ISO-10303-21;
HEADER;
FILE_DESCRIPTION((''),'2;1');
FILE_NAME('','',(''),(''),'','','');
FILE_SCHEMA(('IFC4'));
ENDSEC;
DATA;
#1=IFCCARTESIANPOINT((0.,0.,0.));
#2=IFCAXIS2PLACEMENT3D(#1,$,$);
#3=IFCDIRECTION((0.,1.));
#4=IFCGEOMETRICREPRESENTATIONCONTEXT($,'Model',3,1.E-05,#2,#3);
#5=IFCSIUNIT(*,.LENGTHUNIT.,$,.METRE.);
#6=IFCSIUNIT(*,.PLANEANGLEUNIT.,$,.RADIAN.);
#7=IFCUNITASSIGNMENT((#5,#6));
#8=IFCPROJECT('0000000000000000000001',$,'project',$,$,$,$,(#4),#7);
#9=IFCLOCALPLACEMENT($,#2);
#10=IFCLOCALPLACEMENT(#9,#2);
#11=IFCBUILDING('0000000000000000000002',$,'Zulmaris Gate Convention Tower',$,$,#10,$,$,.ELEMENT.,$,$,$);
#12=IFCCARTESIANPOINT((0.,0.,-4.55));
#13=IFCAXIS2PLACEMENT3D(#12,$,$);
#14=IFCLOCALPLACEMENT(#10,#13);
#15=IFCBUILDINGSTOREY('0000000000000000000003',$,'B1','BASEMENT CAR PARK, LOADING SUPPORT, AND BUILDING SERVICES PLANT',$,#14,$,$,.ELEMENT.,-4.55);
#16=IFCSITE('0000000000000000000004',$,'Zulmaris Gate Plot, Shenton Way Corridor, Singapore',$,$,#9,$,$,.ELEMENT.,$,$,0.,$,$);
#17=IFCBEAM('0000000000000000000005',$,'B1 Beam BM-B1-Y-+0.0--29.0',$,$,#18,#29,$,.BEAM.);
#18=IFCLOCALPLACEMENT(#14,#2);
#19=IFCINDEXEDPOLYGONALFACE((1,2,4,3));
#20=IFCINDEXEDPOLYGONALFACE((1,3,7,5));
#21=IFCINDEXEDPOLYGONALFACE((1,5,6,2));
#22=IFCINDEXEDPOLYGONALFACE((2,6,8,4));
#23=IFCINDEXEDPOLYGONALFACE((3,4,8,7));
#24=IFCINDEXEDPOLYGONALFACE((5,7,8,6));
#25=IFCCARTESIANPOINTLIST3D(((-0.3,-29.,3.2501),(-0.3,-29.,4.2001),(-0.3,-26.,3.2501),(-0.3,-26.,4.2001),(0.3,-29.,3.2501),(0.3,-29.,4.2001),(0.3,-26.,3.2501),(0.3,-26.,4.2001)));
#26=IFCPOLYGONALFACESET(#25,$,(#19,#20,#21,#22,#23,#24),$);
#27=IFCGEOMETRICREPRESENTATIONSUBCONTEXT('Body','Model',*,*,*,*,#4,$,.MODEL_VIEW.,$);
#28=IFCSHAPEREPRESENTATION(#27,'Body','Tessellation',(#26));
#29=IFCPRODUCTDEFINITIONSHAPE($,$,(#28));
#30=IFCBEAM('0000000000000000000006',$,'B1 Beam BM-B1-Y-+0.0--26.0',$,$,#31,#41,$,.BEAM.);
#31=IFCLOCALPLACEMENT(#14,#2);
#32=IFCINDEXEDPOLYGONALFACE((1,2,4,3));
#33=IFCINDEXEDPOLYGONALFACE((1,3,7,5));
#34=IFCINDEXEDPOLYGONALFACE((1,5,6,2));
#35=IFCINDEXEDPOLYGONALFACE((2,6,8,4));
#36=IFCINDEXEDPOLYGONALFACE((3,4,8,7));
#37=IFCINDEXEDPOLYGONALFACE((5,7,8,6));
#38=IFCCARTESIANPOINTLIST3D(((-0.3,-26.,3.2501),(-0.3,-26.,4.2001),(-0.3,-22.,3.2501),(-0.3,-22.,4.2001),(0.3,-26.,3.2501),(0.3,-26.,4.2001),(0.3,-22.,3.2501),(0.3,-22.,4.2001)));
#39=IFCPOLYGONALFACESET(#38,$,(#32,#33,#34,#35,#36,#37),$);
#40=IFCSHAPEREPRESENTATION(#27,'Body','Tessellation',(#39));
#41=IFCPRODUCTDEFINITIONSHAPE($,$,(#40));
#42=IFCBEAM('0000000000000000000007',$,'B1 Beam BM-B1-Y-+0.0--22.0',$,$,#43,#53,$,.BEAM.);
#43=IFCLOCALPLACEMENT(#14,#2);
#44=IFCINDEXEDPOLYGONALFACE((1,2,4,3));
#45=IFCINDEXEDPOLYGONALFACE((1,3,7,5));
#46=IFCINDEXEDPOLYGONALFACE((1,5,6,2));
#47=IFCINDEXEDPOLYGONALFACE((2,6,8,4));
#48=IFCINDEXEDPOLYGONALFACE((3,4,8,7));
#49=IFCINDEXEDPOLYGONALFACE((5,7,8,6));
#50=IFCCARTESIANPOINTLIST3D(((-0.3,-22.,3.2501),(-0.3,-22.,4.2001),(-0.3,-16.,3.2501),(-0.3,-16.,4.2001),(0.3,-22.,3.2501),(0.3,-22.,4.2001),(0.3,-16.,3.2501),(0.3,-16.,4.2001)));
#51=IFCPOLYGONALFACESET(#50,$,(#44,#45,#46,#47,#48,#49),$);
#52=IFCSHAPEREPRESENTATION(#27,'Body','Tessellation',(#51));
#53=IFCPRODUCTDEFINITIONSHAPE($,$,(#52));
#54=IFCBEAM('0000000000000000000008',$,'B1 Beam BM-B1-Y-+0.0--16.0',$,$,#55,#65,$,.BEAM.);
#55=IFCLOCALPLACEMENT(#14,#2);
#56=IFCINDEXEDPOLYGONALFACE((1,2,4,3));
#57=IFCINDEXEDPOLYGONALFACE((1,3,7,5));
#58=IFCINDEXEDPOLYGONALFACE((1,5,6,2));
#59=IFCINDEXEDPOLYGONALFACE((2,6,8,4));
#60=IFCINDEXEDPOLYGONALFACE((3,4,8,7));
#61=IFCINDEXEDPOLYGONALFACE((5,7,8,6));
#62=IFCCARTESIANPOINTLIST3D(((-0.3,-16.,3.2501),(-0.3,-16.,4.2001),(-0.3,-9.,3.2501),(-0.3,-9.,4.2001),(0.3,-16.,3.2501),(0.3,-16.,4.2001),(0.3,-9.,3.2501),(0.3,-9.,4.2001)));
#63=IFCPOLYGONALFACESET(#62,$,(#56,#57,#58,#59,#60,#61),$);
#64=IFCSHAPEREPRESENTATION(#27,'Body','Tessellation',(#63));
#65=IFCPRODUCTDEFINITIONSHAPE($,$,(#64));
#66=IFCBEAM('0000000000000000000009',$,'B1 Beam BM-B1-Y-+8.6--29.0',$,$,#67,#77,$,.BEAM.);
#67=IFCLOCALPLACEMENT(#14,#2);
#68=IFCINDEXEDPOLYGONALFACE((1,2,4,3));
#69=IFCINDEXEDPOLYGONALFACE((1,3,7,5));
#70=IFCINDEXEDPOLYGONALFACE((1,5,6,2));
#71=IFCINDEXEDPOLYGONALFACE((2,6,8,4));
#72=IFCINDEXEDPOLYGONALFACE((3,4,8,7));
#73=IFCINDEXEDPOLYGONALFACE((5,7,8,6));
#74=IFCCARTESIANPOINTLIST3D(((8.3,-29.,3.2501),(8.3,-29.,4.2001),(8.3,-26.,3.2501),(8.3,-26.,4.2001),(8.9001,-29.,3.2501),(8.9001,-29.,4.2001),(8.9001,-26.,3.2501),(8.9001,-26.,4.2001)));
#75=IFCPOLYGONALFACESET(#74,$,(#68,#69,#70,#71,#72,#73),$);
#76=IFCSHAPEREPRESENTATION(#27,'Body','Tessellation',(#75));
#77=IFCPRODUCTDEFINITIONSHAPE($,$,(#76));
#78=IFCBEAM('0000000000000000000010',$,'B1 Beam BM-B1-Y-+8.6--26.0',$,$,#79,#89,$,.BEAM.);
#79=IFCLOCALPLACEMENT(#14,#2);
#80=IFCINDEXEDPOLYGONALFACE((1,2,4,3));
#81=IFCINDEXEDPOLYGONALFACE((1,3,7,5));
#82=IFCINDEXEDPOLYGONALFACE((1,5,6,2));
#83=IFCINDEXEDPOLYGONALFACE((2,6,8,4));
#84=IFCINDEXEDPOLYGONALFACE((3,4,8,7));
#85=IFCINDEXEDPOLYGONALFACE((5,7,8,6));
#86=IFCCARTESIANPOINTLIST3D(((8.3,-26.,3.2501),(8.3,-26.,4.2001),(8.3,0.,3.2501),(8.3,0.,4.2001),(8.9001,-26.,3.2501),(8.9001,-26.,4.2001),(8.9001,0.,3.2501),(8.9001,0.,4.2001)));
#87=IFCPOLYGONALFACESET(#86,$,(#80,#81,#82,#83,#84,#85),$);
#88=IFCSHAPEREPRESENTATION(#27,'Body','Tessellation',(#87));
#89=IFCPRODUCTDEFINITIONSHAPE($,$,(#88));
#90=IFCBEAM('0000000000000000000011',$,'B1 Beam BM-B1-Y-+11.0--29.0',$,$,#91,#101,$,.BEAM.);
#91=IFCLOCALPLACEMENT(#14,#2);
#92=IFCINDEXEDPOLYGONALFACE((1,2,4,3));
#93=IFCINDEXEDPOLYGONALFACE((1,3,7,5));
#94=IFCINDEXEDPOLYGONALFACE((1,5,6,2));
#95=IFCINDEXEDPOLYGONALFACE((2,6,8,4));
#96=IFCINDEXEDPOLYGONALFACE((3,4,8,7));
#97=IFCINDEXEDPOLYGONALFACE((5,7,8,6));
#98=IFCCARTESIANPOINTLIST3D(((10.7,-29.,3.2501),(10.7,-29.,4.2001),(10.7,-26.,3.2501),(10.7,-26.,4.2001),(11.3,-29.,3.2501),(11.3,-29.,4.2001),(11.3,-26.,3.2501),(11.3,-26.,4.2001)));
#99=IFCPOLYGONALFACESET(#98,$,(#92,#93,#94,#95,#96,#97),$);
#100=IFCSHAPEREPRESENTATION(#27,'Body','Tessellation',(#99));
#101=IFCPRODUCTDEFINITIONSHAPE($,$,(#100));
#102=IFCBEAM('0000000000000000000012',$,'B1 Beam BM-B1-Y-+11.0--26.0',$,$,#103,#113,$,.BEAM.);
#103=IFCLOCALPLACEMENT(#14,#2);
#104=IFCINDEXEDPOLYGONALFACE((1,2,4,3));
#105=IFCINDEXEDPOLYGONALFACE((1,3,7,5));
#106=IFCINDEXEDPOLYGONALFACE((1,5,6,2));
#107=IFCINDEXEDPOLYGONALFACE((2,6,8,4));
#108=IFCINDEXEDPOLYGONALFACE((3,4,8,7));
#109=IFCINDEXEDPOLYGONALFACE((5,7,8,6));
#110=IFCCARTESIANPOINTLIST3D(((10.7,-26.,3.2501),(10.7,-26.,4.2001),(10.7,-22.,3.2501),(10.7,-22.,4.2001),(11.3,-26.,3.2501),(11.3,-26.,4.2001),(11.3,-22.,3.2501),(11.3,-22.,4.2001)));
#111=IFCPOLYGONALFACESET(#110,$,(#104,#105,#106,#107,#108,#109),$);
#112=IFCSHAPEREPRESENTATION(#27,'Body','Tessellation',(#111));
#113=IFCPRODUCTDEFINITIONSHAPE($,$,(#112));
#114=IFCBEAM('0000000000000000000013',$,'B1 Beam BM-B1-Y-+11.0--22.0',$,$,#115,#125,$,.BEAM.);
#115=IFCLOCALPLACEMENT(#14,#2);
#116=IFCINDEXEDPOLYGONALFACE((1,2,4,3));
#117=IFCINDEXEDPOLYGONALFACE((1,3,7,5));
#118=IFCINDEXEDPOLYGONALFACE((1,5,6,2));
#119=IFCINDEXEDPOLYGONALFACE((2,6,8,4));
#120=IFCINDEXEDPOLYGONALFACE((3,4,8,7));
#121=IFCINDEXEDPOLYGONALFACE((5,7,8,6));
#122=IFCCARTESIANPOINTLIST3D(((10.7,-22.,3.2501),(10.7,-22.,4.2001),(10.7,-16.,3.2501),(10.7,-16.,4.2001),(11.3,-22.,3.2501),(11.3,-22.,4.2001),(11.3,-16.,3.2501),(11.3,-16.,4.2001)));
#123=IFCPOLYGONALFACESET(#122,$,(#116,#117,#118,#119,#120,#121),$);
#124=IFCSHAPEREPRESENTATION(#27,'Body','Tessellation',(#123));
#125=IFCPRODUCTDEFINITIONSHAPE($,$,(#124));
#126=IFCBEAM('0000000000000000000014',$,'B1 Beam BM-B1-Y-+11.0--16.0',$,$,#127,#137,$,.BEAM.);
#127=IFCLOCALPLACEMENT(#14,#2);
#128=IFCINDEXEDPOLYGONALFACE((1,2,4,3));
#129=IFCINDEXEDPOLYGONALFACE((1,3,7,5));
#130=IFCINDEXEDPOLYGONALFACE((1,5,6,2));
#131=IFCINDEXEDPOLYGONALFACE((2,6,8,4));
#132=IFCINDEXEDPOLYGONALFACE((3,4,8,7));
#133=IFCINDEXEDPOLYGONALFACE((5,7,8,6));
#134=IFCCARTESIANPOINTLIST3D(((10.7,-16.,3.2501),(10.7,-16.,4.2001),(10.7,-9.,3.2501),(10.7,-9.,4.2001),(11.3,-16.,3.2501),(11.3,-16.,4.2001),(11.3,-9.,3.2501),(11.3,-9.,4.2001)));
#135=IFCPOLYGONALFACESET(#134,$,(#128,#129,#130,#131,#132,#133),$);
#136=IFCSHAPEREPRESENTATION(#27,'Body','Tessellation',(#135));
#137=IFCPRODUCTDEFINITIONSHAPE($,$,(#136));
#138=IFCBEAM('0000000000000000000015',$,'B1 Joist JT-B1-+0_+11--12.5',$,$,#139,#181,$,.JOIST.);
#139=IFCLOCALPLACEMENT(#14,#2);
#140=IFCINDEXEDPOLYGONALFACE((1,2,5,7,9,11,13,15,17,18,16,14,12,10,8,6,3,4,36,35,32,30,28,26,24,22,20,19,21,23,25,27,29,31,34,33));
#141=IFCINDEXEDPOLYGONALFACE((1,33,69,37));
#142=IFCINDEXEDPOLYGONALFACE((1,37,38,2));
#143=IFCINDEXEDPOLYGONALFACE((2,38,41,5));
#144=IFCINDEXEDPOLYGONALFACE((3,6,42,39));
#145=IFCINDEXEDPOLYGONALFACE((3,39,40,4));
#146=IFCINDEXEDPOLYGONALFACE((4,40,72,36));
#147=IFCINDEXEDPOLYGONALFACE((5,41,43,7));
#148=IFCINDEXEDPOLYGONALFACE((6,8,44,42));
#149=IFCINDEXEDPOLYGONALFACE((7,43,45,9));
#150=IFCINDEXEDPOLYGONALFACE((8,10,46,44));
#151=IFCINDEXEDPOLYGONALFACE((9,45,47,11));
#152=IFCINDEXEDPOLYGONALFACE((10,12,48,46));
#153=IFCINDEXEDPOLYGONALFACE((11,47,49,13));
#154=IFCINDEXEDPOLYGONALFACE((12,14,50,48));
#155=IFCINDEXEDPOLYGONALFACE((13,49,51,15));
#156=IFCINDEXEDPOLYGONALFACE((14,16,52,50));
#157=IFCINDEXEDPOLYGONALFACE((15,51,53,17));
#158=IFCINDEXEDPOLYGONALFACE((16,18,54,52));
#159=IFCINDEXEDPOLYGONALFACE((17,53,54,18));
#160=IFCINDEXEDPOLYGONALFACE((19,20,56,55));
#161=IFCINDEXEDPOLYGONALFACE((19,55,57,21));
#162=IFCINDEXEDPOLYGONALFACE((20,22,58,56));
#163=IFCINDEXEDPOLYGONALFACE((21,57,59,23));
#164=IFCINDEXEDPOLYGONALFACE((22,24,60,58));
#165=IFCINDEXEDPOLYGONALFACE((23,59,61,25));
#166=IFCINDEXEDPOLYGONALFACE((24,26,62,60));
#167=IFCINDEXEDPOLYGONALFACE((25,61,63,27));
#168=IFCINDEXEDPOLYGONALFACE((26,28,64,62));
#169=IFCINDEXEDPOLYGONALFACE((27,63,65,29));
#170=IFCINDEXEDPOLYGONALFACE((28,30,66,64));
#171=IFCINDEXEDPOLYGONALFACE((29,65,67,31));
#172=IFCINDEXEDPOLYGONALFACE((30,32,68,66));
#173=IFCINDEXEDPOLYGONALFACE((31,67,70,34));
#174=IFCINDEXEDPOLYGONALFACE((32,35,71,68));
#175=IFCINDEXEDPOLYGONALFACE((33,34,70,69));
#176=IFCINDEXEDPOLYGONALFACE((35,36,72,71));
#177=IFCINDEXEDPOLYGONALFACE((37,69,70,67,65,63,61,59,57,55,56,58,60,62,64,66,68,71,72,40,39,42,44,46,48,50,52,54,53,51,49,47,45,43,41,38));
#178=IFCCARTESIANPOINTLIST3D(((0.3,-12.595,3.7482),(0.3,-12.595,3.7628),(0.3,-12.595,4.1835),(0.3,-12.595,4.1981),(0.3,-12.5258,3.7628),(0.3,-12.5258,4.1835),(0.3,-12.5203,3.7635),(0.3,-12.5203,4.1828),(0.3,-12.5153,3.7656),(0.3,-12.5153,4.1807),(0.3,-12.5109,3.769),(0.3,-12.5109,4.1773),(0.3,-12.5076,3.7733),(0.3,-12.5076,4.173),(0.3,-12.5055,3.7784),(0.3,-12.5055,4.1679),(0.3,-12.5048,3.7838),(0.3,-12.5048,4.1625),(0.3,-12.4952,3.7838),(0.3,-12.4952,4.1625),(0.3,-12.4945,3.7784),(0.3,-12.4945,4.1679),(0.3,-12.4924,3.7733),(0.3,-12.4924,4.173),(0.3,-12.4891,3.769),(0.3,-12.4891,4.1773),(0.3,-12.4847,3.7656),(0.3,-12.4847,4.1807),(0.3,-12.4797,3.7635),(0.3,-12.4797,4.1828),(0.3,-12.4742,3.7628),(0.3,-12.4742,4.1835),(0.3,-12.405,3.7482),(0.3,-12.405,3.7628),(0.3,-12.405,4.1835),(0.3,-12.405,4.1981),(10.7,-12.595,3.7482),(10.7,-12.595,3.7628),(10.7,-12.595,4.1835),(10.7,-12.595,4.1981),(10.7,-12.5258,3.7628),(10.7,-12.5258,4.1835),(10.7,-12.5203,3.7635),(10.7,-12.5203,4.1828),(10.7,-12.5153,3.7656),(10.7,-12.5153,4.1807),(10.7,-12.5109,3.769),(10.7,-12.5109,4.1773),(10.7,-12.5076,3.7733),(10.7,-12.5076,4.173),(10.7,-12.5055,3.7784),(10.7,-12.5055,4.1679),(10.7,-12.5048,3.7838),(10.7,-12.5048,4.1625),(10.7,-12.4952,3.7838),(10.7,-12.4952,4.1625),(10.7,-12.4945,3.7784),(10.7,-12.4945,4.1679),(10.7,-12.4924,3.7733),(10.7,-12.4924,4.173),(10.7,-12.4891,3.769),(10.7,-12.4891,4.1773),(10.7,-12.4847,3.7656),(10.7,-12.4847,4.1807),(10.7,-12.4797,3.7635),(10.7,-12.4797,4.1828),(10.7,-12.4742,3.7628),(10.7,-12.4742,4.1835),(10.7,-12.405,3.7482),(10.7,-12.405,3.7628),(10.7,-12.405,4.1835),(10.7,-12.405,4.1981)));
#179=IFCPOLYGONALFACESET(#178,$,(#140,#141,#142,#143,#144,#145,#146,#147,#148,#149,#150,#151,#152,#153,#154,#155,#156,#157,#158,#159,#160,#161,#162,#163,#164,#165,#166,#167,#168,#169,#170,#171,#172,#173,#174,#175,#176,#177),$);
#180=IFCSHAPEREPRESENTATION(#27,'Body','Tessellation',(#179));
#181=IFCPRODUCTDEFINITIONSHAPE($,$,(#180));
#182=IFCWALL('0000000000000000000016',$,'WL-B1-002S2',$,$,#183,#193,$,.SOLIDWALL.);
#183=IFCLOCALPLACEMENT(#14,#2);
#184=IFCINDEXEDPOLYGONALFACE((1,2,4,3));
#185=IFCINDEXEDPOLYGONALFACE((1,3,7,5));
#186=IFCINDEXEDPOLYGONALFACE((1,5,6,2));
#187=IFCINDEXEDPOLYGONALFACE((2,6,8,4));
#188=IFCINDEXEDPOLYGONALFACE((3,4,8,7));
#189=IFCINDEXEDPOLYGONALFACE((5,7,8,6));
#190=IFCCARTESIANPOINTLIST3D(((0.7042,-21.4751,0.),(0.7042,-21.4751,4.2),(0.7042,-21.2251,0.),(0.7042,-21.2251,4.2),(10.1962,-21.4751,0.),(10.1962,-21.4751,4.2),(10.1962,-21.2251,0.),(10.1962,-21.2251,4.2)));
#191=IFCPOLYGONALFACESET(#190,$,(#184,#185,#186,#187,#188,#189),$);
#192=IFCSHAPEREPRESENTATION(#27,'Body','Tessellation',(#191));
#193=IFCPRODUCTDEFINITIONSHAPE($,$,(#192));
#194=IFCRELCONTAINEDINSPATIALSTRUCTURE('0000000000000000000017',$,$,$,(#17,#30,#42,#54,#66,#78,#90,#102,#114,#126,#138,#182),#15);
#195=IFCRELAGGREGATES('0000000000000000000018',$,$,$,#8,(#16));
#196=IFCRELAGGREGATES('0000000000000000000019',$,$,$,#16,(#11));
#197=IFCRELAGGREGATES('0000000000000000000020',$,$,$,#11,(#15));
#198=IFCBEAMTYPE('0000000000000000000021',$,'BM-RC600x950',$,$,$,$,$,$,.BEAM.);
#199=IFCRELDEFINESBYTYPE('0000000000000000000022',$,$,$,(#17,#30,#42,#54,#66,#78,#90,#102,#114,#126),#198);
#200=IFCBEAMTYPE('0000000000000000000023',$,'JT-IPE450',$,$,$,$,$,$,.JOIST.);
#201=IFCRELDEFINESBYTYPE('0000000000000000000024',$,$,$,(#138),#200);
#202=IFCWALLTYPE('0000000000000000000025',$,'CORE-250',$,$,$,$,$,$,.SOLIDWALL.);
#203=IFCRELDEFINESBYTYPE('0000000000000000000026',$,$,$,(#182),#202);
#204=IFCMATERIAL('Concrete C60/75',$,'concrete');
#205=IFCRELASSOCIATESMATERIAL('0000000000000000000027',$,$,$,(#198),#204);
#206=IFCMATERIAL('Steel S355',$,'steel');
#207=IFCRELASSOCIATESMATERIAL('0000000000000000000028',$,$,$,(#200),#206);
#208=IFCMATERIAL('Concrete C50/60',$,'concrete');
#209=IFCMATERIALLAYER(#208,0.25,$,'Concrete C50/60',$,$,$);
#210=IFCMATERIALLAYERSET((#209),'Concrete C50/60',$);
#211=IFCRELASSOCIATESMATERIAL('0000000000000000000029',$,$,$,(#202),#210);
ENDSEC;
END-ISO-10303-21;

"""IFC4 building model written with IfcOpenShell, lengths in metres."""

from ifc_helpers import new_model, si_unit, direction, frame, frame_2d, origin, origin_2d, place, context, subcontext, project, spatial, rectangle, i_section, extrude, material, layer, layer_set, material_profile, profile_set, type_object, element, save


model = new_model("IFC4")

# Units and contexts
model_context = context("Model", 3, precision=1e-05, world=origin(), true_north=direction((0.0, 1.0)))
body_context = subcontext(model_context, "Body", "Model", "MODEL_VIEW")
ifc_project = project(units=[si_unit("LENGTHUNIT", "METRE"), si_unit("PLANEANGLEUNIT", "RADIAN")], contexts=[model_context])

# Site, building, storey
site_placement = place(None, origin())
site = spatial("IfcSite", under=ifc_project, at=site_placement, Name="Zulmaris Gate Plot, Shenton Way Corridor, Singapore", CompositionType="ELEMENT", RefElevation=0.0)
building_placement = place(site_placement, origin())
building = spatial("IfcBuilding", under=site, at=building_placement, Name="Zulmaris Gate Convention Tower", CompositionType="ELEMENT")
storey_placement = place(building_placement, frame((0.0, 0.0, -4.55)))
storey = spatial("IfcBuildingStorey", under=building, at=storey_placement, Name="B1", Description="BASEMENT CAR PARK, LOADING SUPPORT, AND BUILDING SERVICES PLANT", CompositionType="ELEMENT", Elevation=-4.55)

# Beams
ifc_material_1 = material(Name="Concrete C60/75", Category="concrete")
ifc_material_profile_1 = material_profile(ifc_material_1, rectangle(XDim=0.6001, YDim=0.95, at=origin_2d()), Name="RC BEAM 600x950")
ifc_profile_set_1 = profile_set([ifc_material_profile_1], Name="Concrete C60/75")
beam_type_1 = type_object("IfcBeamType", Name="BM-RC600x950", PredefinedType="BEAM", material=ifc_profile_set_1)
beam_1_placement = place(storey_placement, frame((0.0, -29.0, 3.7251), z_axis=(0.0, 1.0, 0.0), x_axis=(-1.0, 0.0, 0.0)))
element("IfcBeam", 1, at=beam_1_placement, inside=storey, type_object=beam_type_1, Name="B1 Beam BM-B1-Y-+0.0--29.0", PredefinedType="BEAM", context=body_context, shape_type="SweptSolid", body=[
    extrude(rectangle(XDim=0.6001, YDim=0.95, at=origin_2d()), origin(), (0.0, 0.0, 1.0), 3.0),
])
beam_2_placement = place(storey_placement, frame((0.0, -26.0, 3.7251), z_axis=(0.0, 1.0, 0.0), x_axis=(-1.0, 0.0, 0.0)))
element("IfcBeam", 2, at=beam_2_placement, inside=storey, type_object=beam_type_1, Name="B1 Beam BM-B1-Y-+0.0--26.0", PredefinedType="BEAM", context=body_context, shape_type="SweptSolid", body=[
    extrude(rectangle(XDim=0.6001, YDim=0.95, at=origin_2d()), origin(), (0.0, 0.0, 1.0), 4.0),
])
beam_3_placement = place(storey_placement, frame((0.0, -22.0, 3.7251), z_axis=(0.0, 1.0, 0.0), x_axis=(-1.0, 0.0, 0.0)))
element("IfcBeam", 3, at=beam_3_placement, inside=storey, type_object=beam_type_1, Name="B1 Beam BM-B1-Y-+0.0--22.0", PredefinedType="BEAM", context=body_context, shape_type="SweptSolid", body=[
    extrude(rectangle(XDim=0.6001, YDim=0.95, at=origin_2d()), origin(), (0.0, 0.0, 1.0), 6.0),
])
beam_4_placement = place(storey_placement, frame((0.0, -16.0, 3.7251), z_axis=(0.0, 1.0, 0.0), x_axis=(-1.0, 0.0, 0.0)))
element("IfcBeam", 4, at=beam_4_placement, inside=storey, type_object=beam_type_1, Name="B1 Beam BM-B1-Y-+0.0--16.0", PredefinedType="BEAM", context=body_context, shape_type="SweptSolid", body=[
    extrude(rectangle(XDim=0.6001, YDim=0.95, at=origin_2d()), origin(), (0.0, 0.0, 1.0), 7.0),
])
beam_5_placement = place(storey_placement, frame((8.6001, -29.0, 3.7251), z_axis=(0.0, 1.0, 0.0), x_axis=(-1.0, 0.0, 0.0)))
element("IfcBeam", 5, at=beam_5_placement, inside=storey, type_object=beam_type_1, Name="B1 Beam BM-B1-Y-+8.6--29.0", PredefinedType="BEAM", context=body_context, shape_type="SweptSolid", body=[
    extrude(rectangle(XDim=0.6001, YDim=0.95, at=origin_2d()), origin(), (0.0, 0.0, 1.0), 3.0),
])
beam_6_placement = place(storey_placement, frame((8.6001, -26.0, 3.7251), z_axis=(0.0, 1.0, 0.0), x_axis=(-1.0, 0.0, 0.0)))
element("IfcBeam", 6, at=beam_6_placement, inside=storey, type_object=beam_type_1, Name="B1 Beam BM-B1-Y-+8.6--26.0", PredefinedType="BEAM", context=body_context, shape_type="SweptSolid", body=[
    extrude(rectangle(XDim=0.6001, YDim=0.95, at=origin_2d()), origin(), (0.0, 0.0, 1.0), 26.0),
])
beam_7_placement = place(storey_placement, frame((11.0, -29.0, 3.7251), z_axis=(0.0, 1.0, 0.0), x_axis=(-1.0, 0.0, 0.0)))
element("IfcBeam", 7, at=beam_7_placement, inside=storey, type_object=beam_type_1, Name="B1 Beam BM-B1-Y-+11.0--29.0", PredefinedType="BEAM", context=body_context, shape_type="SweptSolid", body=[
    extrude(rectangle(XDim=0.6001, YDim=0.95, at=origin_2d()), origin(), (0.0, 0.0, 1.0), 3.0),
])
beam_8_placement = place(storey_placement, frame((11.0, -26.0, 3.7251), z_axis=(0.0, 1.0, 0.0), x_axis=(-1.0, 0.0, 0.0)))
element("IfcBeam", 8, at=beam_8_placement, inside=storey, type_object=beam_type_1, Name="B1 Beam BM-B1-Y-+11.0--26.0", PredefinedType="BEAM", context=body_context, shape_type="SweptSolid", body=[
    extrude(rectangle(XDim=0.6001, YDim=0.95, at=origin_2d()), origin(), (0.0, 0.0, 1.0), 4.0),
])
beam_9_placement = place(storey_placement, frame((11.0, -22.0, 3.7251), z_axis=(0.0, 1.0, 0.0), x_axis=(-1.0, 0.0, 0.0)))
element("IfcBeam", 9, at=beam_9_placement, inside=storey, type_object=beam_type_1, Name="B1 Beam BM-B1-Y-+11.0--22.0", PredefinedType="BEAM", context=body_context, shape_type="SweptSolid", body=[
    extrude(rectangle(XDim=0.6001, YDim=0.95, at=origin_2d()), origin(), (0.0, 0.0, 1.0), 6.0),
])
beam_10_placement = place(storey_placement, frame((11.0, -16.0, 3.7251), z_axis=(0.0, 1.0, 0.0), x_axis=(-1.0, 0.0, 0.0)))
element("IfcBeam", 10, at=beam_10_placement, inside=storey, type_object=beam_type_1, Name="B1 Beam BM-B1-Y-+11.0--16.0", PredefinedType="BEAM", context=body_context, shape_type="SweptSolid", body=[
    extrude(rectangle(XDim=0.6001, YDim=0.95, at=origin_2d()), origin(), (0.0, 0.0, 1.0), 7.0),
])
ifc_material_2 = material(Name="Steel S355", Category="steel")
ifc_material_profile_2 = material_profile(ifc_material_2, i_section(OverallWidth=0.1899, OverallDepth=0.45, WebThickness=0.0095, FlangeThickness=0.0146, FilletRadius=0.021, at=origin_2d()), Name="IPE 450")
ifc_profile_set_2 = profile_set([ifc_material_profile_2], Name="Steel S355")
beam_type_2 = type_object("IfcBeamType", Name="JT-IPE450", PredefinedType="JOIST", material=ifc_profile_set_2)
beam_11_placement = place(storey_placement, frame((0.3, -12.5, 3.9731), z_axis=(1.0, 0.0, 0.0), x_axis=(0.0, 1.0, 0.0)))
element("IfcBeam", 11, at=beam_11_placement, inside=storey, type_object=beam_type_2, Name="B1 Joist JT-B1-+0_+11--12.5", PredefinedType="JOIST", context=body_context, shape_type="SweptSolid", body=[
    extrude(i_section(OverallWidth=0.1899, OverallDepth=0.45, WebThickness=0.0095, FlangeThickness=0.0146, FilletRadius=0.021, at=origin_2d()), origin(), (0.0, 0.0, 1.0), 10.3999),
])

# Wall
ifc_material_3 = material(Name="Concrete C50/60", Category="concrete")
ifc_layer_1 = layer(ifc_material_3, 0.25, Name="Concrete C50/60")
ifc_layer_set_1 = layer_set([ifc_layer_1], Name="Concrete C50/60")
wall_type_1 = type_object("IfcWallType", Name="CORE-250", PredefinedType="SOLIDWALL", material=ifc_layer_set_1)
wall_1_placement = place(storey_placement, frame((0.7041, -21.3501, 0.0), z_axis=(0.0, 0.0, 1.0), x_axis=(1.0, 0.0, 0.0)))
element("IfcWall", 12, at=wall_1_placement, inside=storey, type_object=wall_type_1, Name="WL-B1-002S2", PredefinedType="SOLIDWALL", context=body_context, shape_type="SweptSolid", body=[
    extrude(rectangle(XDim=9.4919, YDim=0.25, at=frame_2d((4.7461, 0.0))), origin(), (0.0, 0.0, 1.0), 4.2),
])

save(model, "model.ifc")
